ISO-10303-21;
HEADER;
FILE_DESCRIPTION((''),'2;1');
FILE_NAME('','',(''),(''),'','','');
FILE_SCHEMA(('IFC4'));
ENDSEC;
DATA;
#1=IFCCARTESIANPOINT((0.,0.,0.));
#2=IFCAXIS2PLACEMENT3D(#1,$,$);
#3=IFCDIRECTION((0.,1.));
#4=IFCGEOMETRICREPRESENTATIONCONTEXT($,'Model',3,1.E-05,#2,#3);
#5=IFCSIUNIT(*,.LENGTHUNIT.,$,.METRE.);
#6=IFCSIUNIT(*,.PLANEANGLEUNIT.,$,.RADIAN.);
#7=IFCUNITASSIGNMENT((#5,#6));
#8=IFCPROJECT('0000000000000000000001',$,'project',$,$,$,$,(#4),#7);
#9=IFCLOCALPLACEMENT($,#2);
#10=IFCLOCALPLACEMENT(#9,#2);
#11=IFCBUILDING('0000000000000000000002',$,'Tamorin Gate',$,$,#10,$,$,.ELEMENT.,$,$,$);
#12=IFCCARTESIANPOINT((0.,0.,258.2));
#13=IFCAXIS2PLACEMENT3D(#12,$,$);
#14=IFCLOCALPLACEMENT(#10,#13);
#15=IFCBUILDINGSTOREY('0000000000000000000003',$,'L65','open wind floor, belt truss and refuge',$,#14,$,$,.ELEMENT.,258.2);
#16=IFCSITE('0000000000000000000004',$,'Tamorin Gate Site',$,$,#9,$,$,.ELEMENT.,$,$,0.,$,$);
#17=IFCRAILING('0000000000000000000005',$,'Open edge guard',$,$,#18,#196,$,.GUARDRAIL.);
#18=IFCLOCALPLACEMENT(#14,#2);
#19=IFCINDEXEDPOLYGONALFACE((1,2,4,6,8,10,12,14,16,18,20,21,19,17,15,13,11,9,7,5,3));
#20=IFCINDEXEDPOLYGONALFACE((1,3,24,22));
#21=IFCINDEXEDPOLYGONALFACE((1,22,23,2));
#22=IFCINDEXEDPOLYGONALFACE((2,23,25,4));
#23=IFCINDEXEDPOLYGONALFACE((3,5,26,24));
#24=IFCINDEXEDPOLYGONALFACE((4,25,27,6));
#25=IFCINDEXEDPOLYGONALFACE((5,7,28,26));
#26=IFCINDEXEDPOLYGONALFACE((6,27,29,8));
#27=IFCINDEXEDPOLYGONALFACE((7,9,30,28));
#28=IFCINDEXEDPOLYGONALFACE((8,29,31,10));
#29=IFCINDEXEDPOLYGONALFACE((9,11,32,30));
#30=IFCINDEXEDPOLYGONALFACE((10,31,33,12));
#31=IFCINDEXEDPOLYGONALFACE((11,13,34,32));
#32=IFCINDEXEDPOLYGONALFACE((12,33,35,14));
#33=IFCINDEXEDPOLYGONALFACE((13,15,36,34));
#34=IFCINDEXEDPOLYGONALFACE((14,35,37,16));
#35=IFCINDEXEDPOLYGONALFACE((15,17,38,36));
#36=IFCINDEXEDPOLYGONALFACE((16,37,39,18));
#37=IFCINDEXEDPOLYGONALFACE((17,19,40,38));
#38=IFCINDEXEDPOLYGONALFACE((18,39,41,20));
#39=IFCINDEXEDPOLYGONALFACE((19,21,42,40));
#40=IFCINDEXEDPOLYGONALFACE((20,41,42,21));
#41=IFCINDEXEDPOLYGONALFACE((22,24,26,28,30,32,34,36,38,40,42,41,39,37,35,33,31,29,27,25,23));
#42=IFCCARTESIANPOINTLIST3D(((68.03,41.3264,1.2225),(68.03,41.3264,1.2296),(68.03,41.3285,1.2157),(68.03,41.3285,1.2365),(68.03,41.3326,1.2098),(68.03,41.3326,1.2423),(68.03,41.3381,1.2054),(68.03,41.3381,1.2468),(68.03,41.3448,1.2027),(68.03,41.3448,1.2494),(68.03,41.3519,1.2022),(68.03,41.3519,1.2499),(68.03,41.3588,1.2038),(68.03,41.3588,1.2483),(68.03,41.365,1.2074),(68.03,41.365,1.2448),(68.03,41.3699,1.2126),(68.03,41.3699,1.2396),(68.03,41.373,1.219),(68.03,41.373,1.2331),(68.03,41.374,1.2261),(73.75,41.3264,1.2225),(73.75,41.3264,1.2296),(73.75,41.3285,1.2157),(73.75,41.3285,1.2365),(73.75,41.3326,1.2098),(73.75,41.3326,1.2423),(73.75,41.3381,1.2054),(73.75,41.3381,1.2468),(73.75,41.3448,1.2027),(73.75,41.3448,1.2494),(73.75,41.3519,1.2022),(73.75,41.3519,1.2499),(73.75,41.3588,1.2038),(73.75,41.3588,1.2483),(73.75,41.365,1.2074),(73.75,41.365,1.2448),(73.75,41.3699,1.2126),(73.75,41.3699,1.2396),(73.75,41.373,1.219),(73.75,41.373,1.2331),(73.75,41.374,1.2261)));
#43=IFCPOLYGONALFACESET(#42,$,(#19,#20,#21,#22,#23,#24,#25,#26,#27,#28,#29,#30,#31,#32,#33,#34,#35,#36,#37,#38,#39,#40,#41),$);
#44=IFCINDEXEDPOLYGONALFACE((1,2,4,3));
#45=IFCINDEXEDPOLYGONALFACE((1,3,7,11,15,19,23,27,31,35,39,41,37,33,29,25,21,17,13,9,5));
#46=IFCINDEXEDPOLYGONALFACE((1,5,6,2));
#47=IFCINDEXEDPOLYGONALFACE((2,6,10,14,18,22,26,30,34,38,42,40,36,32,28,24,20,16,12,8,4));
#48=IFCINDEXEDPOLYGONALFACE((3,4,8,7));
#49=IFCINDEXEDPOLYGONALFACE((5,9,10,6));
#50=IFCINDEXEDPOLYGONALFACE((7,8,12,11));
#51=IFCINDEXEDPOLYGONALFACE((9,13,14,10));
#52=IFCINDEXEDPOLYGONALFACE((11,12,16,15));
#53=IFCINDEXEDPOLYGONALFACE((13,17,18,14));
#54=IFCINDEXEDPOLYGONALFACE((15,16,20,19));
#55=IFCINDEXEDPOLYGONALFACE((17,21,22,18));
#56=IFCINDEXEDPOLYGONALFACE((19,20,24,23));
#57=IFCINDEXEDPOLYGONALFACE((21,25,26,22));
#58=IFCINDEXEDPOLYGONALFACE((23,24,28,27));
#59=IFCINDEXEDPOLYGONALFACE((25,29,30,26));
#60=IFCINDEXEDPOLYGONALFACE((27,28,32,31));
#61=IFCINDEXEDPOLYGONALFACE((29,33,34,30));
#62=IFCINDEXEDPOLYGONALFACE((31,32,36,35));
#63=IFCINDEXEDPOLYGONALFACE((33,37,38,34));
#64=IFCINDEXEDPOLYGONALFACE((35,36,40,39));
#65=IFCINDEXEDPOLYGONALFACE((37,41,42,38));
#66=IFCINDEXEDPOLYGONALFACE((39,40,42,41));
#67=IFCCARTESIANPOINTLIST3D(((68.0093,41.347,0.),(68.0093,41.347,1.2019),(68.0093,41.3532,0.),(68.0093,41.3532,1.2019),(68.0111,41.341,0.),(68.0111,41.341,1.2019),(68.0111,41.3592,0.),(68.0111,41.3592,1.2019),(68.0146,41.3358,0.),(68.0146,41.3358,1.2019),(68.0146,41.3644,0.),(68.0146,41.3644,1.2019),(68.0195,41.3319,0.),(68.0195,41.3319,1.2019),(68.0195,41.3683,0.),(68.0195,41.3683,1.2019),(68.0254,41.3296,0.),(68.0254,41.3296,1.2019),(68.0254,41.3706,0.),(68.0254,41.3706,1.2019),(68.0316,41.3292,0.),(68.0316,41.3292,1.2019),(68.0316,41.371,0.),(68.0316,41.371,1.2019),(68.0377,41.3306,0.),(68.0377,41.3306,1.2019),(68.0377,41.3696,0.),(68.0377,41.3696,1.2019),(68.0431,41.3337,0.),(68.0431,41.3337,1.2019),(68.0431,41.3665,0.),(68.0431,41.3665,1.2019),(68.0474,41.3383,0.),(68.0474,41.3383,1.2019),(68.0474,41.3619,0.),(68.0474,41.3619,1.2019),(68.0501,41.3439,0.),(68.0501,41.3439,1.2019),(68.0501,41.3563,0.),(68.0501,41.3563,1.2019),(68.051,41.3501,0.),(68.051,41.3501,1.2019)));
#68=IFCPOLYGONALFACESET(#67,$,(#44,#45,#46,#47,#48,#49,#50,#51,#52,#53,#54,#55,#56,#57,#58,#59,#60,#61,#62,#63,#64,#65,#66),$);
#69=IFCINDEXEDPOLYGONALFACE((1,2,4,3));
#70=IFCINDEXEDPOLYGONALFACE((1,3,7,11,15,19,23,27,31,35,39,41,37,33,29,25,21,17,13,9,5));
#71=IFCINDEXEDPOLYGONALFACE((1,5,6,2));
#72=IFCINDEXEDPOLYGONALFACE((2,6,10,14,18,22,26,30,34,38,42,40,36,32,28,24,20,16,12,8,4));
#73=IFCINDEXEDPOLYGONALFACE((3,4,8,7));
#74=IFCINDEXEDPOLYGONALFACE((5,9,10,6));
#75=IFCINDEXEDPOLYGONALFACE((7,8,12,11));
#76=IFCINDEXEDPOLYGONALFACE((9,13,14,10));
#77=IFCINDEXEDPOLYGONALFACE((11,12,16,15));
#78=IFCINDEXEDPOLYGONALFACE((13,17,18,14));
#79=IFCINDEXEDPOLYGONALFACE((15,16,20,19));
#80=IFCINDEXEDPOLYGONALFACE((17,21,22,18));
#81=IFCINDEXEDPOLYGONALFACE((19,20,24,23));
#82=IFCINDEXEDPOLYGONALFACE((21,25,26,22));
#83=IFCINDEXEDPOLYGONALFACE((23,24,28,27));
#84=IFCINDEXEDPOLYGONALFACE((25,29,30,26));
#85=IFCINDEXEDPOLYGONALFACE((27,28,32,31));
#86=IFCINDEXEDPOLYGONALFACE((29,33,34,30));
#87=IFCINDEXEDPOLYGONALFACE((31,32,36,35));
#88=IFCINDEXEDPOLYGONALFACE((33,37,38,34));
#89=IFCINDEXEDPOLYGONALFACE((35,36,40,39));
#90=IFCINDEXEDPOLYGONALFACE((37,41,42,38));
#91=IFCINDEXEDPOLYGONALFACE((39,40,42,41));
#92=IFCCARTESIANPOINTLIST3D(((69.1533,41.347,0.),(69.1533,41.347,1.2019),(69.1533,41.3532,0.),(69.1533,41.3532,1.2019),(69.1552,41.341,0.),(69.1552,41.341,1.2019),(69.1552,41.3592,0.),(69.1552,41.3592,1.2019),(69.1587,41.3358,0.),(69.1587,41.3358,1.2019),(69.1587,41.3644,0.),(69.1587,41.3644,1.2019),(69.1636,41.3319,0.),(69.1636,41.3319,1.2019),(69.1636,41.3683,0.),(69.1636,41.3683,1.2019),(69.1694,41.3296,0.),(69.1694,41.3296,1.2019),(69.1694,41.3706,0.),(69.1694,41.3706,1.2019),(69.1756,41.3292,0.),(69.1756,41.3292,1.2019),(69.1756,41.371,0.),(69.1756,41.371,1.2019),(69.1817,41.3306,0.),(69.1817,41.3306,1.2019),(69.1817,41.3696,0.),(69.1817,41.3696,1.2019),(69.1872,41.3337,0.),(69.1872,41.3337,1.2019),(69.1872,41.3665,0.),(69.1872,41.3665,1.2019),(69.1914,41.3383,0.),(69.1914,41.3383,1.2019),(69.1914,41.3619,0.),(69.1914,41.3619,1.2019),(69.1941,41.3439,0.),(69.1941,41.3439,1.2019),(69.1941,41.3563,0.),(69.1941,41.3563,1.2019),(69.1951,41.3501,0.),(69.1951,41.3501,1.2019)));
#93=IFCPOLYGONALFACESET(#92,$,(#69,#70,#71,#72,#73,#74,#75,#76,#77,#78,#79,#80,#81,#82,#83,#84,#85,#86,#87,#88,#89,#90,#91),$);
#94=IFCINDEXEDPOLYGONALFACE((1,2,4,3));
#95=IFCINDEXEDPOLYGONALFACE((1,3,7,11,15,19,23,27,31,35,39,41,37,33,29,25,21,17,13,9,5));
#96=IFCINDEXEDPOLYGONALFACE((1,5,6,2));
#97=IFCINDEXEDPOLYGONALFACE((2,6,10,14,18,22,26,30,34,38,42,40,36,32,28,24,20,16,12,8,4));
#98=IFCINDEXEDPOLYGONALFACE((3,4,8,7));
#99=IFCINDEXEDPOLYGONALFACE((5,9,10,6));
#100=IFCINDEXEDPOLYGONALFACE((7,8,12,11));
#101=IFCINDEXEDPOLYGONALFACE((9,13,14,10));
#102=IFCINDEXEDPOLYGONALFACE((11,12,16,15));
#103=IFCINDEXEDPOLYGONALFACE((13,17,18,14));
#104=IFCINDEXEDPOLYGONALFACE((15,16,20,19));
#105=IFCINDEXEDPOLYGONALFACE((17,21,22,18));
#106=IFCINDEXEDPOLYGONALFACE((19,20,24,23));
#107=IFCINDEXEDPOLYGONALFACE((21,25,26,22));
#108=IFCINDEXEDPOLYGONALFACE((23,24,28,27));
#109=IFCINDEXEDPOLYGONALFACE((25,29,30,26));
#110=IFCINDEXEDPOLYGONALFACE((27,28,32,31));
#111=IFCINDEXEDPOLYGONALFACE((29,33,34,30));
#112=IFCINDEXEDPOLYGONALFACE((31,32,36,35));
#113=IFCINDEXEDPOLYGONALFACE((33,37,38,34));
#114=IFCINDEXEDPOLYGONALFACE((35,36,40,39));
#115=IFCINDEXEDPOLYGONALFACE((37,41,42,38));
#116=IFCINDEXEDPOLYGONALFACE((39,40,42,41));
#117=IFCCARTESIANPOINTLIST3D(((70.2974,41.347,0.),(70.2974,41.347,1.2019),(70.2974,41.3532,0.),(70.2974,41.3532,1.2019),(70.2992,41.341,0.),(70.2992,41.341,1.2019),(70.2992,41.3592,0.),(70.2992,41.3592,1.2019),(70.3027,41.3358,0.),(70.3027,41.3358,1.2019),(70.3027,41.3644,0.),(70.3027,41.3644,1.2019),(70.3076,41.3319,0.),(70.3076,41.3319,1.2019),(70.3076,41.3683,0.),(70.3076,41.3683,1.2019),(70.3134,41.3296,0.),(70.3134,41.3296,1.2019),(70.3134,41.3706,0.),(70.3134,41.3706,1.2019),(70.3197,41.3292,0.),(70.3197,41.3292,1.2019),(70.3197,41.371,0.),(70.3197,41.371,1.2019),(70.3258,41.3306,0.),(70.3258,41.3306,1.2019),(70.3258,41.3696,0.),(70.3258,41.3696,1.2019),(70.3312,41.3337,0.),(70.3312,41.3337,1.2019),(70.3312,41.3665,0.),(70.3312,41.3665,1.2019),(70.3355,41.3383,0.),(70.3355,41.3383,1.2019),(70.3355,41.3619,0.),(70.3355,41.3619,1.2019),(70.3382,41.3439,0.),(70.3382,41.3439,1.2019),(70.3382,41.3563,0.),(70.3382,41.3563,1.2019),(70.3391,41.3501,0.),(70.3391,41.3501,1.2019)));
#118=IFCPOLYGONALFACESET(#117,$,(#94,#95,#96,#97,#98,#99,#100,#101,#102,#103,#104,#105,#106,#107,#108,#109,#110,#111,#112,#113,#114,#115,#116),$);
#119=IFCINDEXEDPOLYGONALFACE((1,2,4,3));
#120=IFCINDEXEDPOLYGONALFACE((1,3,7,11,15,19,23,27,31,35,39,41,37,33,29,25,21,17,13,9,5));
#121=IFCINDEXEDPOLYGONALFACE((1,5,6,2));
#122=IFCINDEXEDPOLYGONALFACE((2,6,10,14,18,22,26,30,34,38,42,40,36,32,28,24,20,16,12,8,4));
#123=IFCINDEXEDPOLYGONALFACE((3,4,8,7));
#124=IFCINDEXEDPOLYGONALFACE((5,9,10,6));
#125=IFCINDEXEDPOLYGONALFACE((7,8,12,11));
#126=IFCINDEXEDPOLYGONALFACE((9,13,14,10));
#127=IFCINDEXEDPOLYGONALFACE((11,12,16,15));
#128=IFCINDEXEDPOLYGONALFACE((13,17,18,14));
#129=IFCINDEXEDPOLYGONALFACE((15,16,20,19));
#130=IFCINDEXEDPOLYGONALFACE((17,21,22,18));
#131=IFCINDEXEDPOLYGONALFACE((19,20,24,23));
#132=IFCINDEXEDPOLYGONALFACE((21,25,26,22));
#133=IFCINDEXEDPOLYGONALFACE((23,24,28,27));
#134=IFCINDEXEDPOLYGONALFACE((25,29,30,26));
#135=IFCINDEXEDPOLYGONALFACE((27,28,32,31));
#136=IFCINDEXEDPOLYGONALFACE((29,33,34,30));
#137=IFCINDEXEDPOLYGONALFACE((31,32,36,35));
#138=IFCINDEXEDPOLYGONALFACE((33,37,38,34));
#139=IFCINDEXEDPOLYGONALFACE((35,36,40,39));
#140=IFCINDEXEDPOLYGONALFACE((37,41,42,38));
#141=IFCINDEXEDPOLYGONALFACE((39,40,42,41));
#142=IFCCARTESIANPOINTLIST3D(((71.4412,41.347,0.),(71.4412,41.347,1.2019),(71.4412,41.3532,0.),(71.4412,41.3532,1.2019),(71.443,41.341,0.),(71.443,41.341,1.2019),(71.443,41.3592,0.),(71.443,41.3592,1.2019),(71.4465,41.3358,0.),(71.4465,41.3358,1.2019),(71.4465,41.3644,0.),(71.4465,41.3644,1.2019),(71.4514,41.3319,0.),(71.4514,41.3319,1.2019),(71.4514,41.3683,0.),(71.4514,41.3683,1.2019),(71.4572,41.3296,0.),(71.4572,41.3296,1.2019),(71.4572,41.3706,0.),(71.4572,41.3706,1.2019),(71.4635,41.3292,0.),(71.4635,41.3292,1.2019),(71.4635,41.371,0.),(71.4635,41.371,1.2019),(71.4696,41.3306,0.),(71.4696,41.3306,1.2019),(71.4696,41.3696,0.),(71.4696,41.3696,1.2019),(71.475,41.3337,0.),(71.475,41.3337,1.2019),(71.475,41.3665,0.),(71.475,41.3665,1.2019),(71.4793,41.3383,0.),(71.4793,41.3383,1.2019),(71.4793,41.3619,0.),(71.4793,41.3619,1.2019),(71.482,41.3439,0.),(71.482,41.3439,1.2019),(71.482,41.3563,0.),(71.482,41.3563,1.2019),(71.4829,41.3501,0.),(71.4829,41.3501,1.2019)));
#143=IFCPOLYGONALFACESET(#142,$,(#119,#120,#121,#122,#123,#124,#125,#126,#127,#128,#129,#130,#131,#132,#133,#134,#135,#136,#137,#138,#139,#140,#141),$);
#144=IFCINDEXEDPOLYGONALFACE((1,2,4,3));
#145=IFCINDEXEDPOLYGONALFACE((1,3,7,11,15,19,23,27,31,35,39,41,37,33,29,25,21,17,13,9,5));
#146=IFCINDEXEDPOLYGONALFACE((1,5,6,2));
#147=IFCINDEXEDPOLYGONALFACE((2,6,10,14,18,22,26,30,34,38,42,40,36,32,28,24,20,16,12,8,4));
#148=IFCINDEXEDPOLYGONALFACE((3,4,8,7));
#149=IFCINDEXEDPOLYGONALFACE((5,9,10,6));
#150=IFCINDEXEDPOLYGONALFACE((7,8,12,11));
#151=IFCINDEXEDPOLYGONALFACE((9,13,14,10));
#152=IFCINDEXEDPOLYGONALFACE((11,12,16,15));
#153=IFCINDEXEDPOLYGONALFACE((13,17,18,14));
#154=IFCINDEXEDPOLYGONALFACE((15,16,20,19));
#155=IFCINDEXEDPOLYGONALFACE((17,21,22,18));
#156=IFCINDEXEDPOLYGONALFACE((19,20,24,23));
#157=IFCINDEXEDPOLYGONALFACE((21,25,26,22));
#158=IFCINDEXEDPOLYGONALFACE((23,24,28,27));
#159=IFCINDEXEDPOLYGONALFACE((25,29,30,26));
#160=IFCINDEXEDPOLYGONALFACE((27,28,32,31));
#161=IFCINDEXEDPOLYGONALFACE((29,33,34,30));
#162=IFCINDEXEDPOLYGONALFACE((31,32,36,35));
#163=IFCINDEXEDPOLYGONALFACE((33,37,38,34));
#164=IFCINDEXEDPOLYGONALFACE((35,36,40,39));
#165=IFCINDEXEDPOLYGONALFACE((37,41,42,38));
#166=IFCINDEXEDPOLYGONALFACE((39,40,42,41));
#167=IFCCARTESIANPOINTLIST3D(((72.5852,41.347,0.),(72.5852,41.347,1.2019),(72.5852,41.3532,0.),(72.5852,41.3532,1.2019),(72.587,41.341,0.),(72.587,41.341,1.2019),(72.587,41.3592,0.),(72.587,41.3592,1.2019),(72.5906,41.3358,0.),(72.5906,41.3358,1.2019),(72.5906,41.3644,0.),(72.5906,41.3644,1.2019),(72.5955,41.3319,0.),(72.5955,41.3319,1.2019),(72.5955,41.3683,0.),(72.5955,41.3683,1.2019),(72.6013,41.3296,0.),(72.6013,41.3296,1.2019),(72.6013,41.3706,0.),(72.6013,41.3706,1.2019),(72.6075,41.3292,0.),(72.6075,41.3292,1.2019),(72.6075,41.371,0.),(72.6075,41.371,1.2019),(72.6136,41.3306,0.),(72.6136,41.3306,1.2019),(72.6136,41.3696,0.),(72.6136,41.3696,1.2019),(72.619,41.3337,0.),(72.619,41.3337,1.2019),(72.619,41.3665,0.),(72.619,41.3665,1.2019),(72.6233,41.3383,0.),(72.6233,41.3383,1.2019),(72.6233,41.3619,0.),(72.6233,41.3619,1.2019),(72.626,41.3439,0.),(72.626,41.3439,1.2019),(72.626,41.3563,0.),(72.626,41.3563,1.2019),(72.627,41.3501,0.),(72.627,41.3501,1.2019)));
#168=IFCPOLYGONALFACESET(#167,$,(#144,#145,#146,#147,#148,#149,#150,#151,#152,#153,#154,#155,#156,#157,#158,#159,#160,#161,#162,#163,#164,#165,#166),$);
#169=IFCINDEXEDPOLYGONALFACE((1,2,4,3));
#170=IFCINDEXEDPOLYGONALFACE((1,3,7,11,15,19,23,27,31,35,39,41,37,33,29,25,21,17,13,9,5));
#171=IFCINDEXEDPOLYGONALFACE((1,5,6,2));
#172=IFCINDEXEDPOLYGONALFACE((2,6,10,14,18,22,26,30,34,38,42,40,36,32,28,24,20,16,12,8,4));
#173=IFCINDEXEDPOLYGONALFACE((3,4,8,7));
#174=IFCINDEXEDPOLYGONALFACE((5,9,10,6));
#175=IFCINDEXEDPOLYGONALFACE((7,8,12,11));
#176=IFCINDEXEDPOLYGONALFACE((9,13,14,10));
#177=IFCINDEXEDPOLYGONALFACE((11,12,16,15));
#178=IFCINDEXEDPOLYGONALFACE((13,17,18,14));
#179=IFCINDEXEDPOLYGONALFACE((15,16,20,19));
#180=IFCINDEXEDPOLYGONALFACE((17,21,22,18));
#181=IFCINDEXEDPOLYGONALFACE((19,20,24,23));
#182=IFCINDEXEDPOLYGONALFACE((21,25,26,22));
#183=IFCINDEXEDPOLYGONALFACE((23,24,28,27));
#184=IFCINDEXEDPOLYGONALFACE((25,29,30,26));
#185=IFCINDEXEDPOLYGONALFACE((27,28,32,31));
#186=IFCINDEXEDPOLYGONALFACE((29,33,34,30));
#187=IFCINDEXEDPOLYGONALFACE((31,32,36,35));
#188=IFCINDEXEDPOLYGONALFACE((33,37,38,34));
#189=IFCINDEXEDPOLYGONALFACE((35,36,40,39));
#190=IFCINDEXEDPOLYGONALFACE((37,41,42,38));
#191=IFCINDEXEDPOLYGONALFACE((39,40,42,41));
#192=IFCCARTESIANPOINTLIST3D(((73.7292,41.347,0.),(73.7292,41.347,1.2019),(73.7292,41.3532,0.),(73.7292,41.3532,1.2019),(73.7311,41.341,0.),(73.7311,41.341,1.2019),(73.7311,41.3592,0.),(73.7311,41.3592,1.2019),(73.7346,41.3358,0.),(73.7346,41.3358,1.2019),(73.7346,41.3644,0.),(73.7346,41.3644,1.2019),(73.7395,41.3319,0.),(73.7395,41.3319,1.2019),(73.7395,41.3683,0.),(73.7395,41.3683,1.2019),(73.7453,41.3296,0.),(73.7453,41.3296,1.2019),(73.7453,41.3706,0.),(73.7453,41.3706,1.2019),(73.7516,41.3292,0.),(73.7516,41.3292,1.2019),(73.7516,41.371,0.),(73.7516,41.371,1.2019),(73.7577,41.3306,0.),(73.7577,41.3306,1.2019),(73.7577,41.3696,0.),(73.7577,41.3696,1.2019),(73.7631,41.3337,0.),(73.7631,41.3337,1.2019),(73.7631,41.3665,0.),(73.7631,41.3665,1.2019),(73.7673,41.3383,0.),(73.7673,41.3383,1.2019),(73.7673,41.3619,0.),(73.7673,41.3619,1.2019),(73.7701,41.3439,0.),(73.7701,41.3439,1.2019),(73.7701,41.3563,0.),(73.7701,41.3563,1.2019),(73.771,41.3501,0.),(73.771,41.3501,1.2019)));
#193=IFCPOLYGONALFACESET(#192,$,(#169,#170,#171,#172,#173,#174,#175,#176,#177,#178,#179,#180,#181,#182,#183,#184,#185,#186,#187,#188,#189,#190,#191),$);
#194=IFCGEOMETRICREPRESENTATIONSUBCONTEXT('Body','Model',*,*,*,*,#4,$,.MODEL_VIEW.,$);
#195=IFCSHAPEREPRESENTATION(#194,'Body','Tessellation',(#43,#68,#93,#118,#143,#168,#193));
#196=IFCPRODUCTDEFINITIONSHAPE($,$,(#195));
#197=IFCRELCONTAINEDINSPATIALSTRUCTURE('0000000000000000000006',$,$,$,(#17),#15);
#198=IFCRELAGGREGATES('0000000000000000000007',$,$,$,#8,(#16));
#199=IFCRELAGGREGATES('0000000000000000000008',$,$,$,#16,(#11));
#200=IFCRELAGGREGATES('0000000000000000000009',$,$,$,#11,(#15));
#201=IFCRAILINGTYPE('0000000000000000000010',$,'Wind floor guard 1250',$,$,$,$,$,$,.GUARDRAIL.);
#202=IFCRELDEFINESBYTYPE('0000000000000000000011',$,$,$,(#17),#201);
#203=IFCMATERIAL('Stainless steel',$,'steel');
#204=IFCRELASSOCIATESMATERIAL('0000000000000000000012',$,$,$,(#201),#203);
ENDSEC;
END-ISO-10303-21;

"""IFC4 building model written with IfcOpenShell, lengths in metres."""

from ifc_helpers import new_model, si_unit, direction, frame, origin, origin_2d, place, context, subcontext, project, spatial, circle, extrude, material, type_object, element, save


model = new_model("IFC4")

# Units and contexts
model_context = context("Model", 3, precision=1e-05, world=origin(), true_north=direction((0.0, 1.0)))
body_context = subcontext(model_context, "Body", "Model", "MODEL_VIEW")
ifc_project = project(units=[si_unit("LENGTHUNIT", "METRE"), si_unit("PLANEANGLEUNIT", "RADIAN")], contexts=[model_context])

# Site, building, storey
site_placement = place(None, origin())
site = spatial("IfcSite", under=ifc_project, at=site_placement, Name="Tamorin Gate Site", CompositionType="ELEMENT", RefElevation=0.0)
building_placement = place(site_placement, origin())
building = spatial("IfcBuilding", under=site, at=building_placement, Name="Tamorin Gate", CompositionType="ELEMENT")
storey_placement = place(building_placement, frame((0.0, 0.0, 258.2)))
storey = spatial("IfcBuildingStorey", under=building, at=storey_placement, Name="L65", Description="open wind floor, belt truss and refuge", CompositionType="ELEMENT", Elevation=258.2)

# Railing
ifc_material_1 = material(Name="Stainless steel", Category="steel")
railing_type = type_object("IfcRailingType", Name="Wind floor guard 1250", PredefinedType="GUARDRAIL", material=ifc_material_1)
railing_1_placement = place(storey_placement, frame((68.03, 41.3501, 0.0)))
element("IfcRailing", 1, at=railing_1_placement, inside=storey, type_object=railing_type, Name="Open edge guard", PredefinedType="GUARDRAIL", context=body_context, shape_type="SweptSolid", body=[
    extrude(circle(Radius=0.0239, at=origin_2d()), frame((0.0, 0.0, 1.2261), z_axis=(1.0, 0.0, 0.0), x_axis=(0.0, 1.0, 0.0)), (0.0, 0.0, 1.0), 5.72),
    extrude(circle(Radius=0.021, at=origin_2d()), origin(), (0.0, 0.0, 1.0), 1.2019),
    extrude(circle(Radius=0.021, at=origin_2d()), frame((1.144, 0.0, 0.0)), (0.0, 0.0, 1.0), 1.2019),
    extrude(circle(Radius=0.021, at=origin_2d()), frame((2.2881, 0.0, 0.0)), (0.0, 0.0, 1.0), 1.2019),
    extrude(circle(Radius=0.021, at=origin_2d()), frame((3.4319, 0.0, 0.0)), (0.0, 0.0, 1.0), 1.2019),
    extrude(circle(Radius=0.021, at=origin_2d()), frame((4.5759, 0.0, 0.0)), (0.0, 0.0, 1.0), 1.2019),
    extrude(circle(Radius=0.021, at=origin_2d()), frame((5.72, 0.0, 0.0)), (0.0, 0.0, 1.0), 1.2019),
])

save(model, "model.ifc")
